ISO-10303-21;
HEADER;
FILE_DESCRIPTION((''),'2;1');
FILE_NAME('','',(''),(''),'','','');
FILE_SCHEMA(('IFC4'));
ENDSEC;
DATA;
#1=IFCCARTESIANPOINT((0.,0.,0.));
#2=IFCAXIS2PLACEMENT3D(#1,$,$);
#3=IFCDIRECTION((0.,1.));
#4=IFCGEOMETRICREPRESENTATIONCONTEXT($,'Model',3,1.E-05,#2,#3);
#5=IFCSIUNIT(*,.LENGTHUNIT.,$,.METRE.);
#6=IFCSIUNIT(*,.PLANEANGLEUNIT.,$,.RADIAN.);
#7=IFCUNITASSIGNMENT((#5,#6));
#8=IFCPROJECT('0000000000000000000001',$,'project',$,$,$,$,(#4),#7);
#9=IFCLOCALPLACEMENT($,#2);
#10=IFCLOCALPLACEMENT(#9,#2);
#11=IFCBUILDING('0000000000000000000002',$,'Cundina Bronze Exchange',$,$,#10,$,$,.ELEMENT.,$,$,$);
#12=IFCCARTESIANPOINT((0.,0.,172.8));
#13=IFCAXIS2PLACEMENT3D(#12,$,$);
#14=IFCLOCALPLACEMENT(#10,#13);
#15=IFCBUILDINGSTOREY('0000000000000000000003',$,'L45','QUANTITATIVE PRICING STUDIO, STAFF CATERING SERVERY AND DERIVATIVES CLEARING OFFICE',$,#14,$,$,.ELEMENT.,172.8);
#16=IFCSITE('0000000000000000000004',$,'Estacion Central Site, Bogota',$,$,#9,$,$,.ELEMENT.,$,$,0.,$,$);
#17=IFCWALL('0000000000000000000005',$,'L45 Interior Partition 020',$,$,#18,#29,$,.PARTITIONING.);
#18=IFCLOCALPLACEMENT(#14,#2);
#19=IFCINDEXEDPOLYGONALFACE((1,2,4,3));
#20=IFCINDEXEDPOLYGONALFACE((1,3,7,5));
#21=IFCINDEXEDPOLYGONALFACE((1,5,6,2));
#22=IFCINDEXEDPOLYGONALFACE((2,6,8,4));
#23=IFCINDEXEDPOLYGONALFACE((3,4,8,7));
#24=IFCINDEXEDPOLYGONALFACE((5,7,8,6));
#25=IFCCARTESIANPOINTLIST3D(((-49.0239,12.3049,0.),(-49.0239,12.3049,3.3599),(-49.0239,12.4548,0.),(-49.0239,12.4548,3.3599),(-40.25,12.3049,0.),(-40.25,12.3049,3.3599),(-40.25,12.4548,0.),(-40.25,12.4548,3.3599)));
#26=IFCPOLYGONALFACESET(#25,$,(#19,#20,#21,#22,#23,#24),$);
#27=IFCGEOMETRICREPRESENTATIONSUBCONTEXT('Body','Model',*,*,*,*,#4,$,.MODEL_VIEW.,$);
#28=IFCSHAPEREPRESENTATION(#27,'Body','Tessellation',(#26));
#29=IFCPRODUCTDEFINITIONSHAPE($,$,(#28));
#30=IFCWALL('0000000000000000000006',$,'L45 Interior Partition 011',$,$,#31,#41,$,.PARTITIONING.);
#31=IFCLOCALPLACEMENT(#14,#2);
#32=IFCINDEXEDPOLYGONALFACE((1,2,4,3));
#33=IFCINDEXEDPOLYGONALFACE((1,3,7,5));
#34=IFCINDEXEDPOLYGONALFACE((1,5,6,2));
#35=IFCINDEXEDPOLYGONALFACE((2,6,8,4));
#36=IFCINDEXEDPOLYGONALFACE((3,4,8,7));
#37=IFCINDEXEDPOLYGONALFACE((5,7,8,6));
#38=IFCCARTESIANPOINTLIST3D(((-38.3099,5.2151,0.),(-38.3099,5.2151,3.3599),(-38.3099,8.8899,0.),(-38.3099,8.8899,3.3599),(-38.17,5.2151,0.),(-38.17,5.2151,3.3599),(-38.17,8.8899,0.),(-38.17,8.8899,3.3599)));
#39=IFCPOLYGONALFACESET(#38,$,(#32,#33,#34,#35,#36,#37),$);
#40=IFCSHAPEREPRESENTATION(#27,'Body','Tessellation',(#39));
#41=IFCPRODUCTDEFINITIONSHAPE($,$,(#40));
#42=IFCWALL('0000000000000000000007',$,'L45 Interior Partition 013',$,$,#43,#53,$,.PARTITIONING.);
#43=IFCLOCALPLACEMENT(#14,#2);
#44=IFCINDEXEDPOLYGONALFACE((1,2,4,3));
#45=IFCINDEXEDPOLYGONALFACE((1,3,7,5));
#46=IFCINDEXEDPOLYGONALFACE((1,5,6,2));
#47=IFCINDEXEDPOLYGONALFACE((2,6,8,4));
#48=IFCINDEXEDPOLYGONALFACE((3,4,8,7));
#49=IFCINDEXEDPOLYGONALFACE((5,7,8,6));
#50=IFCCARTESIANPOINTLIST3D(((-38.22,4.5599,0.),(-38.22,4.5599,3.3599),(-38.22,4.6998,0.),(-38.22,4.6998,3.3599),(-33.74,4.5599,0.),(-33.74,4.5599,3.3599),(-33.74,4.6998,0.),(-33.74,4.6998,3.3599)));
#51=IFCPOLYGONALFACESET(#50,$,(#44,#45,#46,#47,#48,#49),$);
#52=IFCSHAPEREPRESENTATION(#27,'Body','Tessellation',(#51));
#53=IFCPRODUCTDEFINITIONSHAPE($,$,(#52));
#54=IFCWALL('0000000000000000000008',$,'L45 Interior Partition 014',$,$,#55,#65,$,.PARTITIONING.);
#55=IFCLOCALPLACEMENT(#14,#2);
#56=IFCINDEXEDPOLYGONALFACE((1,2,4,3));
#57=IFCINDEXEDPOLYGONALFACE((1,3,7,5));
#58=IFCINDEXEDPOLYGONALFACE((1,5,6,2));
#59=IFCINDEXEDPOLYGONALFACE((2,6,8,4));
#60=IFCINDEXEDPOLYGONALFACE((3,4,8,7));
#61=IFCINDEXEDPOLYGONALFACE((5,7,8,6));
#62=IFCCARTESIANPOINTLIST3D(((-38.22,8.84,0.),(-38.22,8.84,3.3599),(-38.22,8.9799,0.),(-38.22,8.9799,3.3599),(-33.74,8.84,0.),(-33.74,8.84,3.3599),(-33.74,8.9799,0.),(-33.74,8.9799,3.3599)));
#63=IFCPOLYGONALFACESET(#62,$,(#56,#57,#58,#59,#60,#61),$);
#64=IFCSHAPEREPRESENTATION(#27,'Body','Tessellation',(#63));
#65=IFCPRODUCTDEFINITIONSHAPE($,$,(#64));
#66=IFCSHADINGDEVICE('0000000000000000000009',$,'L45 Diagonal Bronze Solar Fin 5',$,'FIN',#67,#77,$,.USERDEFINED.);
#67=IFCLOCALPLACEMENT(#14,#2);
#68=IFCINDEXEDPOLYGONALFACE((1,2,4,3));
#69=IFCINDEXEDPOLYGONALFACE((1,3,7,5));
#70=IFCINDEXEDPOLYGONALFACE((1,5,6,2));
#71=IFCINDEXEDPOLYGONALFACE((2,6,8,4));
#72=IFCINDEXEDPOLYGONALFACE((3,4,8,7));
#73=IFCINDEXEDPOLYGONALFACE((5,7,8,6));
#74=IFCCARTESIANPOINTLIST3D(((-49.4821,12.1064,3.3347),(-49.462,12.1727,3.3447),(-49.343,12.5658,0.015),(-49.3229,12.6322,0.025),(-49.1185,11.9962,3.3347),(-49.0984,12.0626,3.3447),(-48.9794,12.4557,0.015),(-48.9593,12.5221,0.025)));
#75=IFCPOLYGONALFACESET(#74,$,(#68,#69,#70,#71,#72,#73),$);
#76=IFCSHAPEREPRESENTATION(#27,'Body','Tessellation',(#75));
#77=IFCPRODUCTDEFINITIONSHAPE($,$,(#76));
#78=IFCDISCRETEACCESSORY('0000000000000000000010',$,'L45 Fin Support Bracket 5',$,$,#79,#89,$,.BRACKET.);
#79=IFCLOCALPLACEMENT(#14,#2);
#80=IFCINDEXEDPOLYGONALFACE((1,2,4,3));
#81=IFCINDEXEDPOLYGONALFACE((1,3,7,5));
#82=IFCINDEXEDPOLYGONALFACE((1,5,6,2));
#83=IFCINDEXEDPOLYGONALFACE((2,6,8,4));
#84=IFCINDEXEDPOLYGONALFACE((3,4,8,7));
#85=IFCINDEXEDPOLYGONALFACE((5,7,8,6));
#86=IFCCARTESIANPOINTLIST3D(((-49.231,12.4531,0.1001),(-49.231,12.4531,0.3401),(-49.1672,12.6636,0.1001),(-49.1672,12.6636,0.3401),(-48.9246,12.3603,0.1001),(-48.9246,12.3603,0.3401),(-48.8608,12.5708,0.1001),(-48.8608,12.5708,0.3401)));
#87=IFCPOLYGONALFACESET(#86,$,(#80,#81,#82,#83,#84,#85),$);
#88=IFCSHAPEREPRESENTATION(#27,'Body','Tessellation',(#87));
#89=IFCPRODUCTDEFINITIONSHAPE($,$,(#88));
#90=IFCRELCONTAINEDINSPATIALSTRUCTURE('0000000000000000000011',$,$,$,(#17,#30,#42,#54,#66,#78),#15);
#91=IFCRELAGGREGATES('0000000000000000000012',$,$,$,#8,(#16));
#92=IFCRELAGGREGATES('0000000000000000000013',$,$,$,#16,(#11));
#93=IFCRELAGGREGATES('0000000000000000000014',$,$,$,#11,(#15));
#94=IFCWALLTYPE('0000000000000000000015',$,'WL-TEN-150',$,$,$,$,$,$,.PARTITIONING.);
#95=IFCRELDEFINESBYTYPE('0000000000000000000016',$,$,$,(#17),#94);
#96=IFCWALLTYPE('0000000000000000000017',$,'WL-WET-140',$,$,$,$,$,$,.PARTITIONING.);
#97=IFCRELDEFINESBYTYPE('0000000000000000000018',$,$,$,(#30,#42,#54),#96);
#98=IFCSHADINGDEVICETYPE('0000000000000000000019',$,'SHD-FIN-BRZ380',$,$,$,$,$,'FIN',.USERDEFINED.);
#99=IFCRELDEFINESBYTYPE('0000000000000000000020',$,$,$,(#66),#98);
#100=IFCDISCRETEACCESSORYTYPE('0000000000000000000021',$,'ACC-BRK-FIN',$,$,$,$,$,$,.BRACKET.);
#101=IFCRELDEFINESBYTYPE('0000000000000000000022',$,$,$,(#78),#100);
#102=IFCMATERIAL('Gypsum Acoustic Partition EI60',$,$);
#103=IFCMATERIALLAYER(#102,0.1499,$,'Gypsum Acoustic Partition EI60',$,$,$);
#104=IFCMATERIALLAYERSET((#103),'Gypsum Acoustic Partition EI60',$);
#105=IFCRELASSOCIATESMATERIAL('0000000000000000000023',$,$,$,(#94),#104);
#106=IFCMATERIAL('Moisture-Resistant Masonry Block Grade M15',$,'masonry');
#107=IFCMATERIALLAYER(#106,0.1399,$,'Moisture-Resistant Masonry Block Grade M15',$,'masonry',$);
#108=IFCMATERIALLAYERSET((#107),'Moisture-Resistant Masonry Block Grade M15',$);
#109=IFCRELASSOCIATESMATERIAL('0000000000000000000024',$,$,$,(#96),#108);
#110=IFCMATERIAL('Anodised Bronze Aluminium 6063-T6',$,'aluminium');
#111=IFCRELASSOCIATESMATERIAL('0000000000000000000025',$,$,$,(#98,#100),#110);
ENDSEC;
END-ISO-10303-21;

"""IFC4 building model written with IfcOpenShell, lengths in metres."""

from ifc_helpers import new_model, si_unit, direction, frame, frame_2d, origin, origin_2d, place, context, subcontext, project, spatial, rectangle, extrude, material, layer, layer_set, material_profile, profile_set, type_object, element, save


model = new_model("IFC4")

# Units and contexts
model_context = context("Model", 3, precision=1e-05, world=origin(), true_north=direction((0.0, 1.0)))
body_context = subcontext(model_context, "Body", "Model", "MODEL_VIEW")
ifc_project = project(units=[si_unit("LENGTHUNIT", "METRE"), si_unit("PLANEANGLEUNIT", "RADIAN")], contexts=[model_context])

# Site, building, storey
site_placement = place(None, origin())
site = spatial("IfcSite", under=ifc_project, at=site_placement, Name="Estacion Central Site, Bogota", CompositionType="ELEMENT", RefElevation=0.0)
building_placement = place(site_placement, origin())
building = spatial("IfcBuilding", under=site, at=building_placement, Name="Cundina Bronze Exchange", CompositionType="ELEMENT")
storey_placement = place(building_placement, frame((0.0, 0.0, 172.8)))
storey = spatial("IfcBuildingStorey", under=building, at=storey_placement, Name="L45", Description="QUANTITATIVE PRICING STUDIO, STAFF CATERING SERVERY AND DERIVATIVES CLEARING OFFICE", CompositionType="ELEMENT", Elevation=172.8)

# Shared definitions
ifc_material_1 = material(Name="Anodised Bronze Aluminium 6063-T6", Category="aluminium")

# Shared definitions
ifc_material_2 = material(Name="Gypsum Acoustic Partition EI60")

# Walls
ifc_layer_1 = layer(ifc_material_2, 0.1499, Name="Gypsum Acoustic Partition EI60")
ifc_layer_set_1 = layer_set([ifc_layer_1], Name="Gypsum Acoustic Partition EI60")
wall_type_1 = type_object("IfcWallType", Name="WL-TEN-150", PredefinedType="PARTITIONING", material=ifc_layer_set_1)
wall_1_placement = place(storey_placement, frame((-49.0239, 12.3799, 0.0), z_axis=(0.0, 0.0, 1.0), x_axis=(1.0, 0.0, 0.0)))
element("IfcWall", 1, at=wall_1_placement, inside=storey, type_object=wall_type_1, Name="L45 Interior Partition 020", PredefinedType="PARTITIONING", context=body_context, shape_type="SweptSolid", body=[
    extrude(rectangle(XDim=8.7739, YDim=0.1499, at=frame_2d((4.387, 0.0))), origin(), (0.0, 0.0, 1.0), 3.3599),
])
ifc_material_3 = material(Name="Moisture-Resistant Masonry Block Grade M15", Category="masonry")
ifc_layer_2 = layer(ifc_material_3, 0.1399, Name="Moisture-Resistant Masonry Block Grade M15", Category="masonry")
ifc_layer_set_2 = layer_set([ifc_layer_2], Name="Moisture-Resistant Masonry Block Grade M15")
wall_type_2 = type_object("IfcWallType", Name="WL-WET-140", PredefinedType="PARTITIONING", material=ifc_layer_set_2)
wall_2_placement = place(storey_placement, frame((-38.24, 5.2151, 0.0), z_axis=(0.0, 0.0, 1.0), x_axis=(0.0, 1.0, 0.0)))
element("IfcWall", 2, at=wall_2_placement, inside=storey, type_object=wall_type_2, Name="L45 Interior Partition 011", PredefinedType="PARTITIONING", context=body_context, shape_type="SweptSolid", body=[
    extrude(rectangle(XDim=3.6748, YDim=0.1399, at=frame_2d((1.8374, 0.0))), origin(), (0.0, 0.0, 1.0), 3.3599),
])
for number, where, z_axis, x_axis, name in (
    (3, (-38.22, 4.6299, 0.0), (0.0, 0.0, 1.0), (1.0, 0.0, 0.0), "L45 Interior Partition 013"),
    (4, (-38.22, 8.9099, 0.0), (0.0, 0.0, 1.0), (1.0, 0.0, 0.0), "L45 Interior Partition 014"),
):
    element("IfcWall", number, at=place(storey_placement, frame(where, z_axis=z_axis, x_axis=x_axis)), inside=storey, type_object=wall_type_2, Name=name, PredefinedType="PARTITIONING", context=body_context, shape_type="SweptSolid", body=[
        extrude(rectangle(XDim=4.48, YDim=0.1399, at=frame_2d((2.24, 0.0))), origin(), (0.0, 0.0, 1.0), 3.3599),
    ])

# Shading device
ifc_material_profile_1 = material_profile(ifc_material_1, rectangle(XDim=0.0701, YDim=0.3799, at=origin_2d()), Name="FIN70X380", Category="aluminium")
ifc_profile_set_1 = profile_set([ifc_material_profile_1], Name="Anodised Bronze Aluminium 6063-T6")
shading_device_type = type_object("IfcShadingDeviceType", Name="SHD-FIN-BRZ380", ElementType="FIN", PredefinedType="USERDEFINED", material=ifc_profile_set_1)
shading_device_placement = place(storey_placement, frame((-49.1511, 12.5439, 0.02), z_axis=(-0.041486, -0.136978, 0.989705), x_axis=(0.286882, 0.947214, 0.143123)))
element("IfcShadingDevice", 5, at=shading_device_placement, inside=storey, type_object=shading_device_type, Name="L45 Diagonal Bronze Solar Fin 5", ObjectType="FIN", PredefinedType="USERDEFINED", context=body_context, shape_type="SweptSolid", body=[
    extrude(rectangle(XDim=0.0701, YDim=0.3799, at=origin_2d()), origin(), (0.0, 0.0, 1.0), 3.3542),
])

# Discrete accessory
discrete_accessory_type = type_object("IfcDiscreteAccessoryType", Name="ACC-BRK-FIN", PredefinedType="BRACKET", material=ifc_material_1)
discrete_accessory_placement = place(storey_placement, frame((-49.0459, 12.512, 0.1001), z_axis=(0.0, 0.0, 1.0), x_axis=(-0.290051, -0.957011, 0.0)))
element("IfcDiscreteAccessory", 6, at=discrete_accessory_placement, inside=storey, type_object=discrete_accessory_type, Name="L45 Fin Support Bracket 5", PredefinedType="BRACKET", context=body_context, shape_type="SweptSolid", body=[
    extrude(rectangle(XDim=0.22, YDim=0.3201, at=origin_2d()), origin(), (0.0, 0.0, 1.0), 0.24),
])

save(model, "model.ifc")
